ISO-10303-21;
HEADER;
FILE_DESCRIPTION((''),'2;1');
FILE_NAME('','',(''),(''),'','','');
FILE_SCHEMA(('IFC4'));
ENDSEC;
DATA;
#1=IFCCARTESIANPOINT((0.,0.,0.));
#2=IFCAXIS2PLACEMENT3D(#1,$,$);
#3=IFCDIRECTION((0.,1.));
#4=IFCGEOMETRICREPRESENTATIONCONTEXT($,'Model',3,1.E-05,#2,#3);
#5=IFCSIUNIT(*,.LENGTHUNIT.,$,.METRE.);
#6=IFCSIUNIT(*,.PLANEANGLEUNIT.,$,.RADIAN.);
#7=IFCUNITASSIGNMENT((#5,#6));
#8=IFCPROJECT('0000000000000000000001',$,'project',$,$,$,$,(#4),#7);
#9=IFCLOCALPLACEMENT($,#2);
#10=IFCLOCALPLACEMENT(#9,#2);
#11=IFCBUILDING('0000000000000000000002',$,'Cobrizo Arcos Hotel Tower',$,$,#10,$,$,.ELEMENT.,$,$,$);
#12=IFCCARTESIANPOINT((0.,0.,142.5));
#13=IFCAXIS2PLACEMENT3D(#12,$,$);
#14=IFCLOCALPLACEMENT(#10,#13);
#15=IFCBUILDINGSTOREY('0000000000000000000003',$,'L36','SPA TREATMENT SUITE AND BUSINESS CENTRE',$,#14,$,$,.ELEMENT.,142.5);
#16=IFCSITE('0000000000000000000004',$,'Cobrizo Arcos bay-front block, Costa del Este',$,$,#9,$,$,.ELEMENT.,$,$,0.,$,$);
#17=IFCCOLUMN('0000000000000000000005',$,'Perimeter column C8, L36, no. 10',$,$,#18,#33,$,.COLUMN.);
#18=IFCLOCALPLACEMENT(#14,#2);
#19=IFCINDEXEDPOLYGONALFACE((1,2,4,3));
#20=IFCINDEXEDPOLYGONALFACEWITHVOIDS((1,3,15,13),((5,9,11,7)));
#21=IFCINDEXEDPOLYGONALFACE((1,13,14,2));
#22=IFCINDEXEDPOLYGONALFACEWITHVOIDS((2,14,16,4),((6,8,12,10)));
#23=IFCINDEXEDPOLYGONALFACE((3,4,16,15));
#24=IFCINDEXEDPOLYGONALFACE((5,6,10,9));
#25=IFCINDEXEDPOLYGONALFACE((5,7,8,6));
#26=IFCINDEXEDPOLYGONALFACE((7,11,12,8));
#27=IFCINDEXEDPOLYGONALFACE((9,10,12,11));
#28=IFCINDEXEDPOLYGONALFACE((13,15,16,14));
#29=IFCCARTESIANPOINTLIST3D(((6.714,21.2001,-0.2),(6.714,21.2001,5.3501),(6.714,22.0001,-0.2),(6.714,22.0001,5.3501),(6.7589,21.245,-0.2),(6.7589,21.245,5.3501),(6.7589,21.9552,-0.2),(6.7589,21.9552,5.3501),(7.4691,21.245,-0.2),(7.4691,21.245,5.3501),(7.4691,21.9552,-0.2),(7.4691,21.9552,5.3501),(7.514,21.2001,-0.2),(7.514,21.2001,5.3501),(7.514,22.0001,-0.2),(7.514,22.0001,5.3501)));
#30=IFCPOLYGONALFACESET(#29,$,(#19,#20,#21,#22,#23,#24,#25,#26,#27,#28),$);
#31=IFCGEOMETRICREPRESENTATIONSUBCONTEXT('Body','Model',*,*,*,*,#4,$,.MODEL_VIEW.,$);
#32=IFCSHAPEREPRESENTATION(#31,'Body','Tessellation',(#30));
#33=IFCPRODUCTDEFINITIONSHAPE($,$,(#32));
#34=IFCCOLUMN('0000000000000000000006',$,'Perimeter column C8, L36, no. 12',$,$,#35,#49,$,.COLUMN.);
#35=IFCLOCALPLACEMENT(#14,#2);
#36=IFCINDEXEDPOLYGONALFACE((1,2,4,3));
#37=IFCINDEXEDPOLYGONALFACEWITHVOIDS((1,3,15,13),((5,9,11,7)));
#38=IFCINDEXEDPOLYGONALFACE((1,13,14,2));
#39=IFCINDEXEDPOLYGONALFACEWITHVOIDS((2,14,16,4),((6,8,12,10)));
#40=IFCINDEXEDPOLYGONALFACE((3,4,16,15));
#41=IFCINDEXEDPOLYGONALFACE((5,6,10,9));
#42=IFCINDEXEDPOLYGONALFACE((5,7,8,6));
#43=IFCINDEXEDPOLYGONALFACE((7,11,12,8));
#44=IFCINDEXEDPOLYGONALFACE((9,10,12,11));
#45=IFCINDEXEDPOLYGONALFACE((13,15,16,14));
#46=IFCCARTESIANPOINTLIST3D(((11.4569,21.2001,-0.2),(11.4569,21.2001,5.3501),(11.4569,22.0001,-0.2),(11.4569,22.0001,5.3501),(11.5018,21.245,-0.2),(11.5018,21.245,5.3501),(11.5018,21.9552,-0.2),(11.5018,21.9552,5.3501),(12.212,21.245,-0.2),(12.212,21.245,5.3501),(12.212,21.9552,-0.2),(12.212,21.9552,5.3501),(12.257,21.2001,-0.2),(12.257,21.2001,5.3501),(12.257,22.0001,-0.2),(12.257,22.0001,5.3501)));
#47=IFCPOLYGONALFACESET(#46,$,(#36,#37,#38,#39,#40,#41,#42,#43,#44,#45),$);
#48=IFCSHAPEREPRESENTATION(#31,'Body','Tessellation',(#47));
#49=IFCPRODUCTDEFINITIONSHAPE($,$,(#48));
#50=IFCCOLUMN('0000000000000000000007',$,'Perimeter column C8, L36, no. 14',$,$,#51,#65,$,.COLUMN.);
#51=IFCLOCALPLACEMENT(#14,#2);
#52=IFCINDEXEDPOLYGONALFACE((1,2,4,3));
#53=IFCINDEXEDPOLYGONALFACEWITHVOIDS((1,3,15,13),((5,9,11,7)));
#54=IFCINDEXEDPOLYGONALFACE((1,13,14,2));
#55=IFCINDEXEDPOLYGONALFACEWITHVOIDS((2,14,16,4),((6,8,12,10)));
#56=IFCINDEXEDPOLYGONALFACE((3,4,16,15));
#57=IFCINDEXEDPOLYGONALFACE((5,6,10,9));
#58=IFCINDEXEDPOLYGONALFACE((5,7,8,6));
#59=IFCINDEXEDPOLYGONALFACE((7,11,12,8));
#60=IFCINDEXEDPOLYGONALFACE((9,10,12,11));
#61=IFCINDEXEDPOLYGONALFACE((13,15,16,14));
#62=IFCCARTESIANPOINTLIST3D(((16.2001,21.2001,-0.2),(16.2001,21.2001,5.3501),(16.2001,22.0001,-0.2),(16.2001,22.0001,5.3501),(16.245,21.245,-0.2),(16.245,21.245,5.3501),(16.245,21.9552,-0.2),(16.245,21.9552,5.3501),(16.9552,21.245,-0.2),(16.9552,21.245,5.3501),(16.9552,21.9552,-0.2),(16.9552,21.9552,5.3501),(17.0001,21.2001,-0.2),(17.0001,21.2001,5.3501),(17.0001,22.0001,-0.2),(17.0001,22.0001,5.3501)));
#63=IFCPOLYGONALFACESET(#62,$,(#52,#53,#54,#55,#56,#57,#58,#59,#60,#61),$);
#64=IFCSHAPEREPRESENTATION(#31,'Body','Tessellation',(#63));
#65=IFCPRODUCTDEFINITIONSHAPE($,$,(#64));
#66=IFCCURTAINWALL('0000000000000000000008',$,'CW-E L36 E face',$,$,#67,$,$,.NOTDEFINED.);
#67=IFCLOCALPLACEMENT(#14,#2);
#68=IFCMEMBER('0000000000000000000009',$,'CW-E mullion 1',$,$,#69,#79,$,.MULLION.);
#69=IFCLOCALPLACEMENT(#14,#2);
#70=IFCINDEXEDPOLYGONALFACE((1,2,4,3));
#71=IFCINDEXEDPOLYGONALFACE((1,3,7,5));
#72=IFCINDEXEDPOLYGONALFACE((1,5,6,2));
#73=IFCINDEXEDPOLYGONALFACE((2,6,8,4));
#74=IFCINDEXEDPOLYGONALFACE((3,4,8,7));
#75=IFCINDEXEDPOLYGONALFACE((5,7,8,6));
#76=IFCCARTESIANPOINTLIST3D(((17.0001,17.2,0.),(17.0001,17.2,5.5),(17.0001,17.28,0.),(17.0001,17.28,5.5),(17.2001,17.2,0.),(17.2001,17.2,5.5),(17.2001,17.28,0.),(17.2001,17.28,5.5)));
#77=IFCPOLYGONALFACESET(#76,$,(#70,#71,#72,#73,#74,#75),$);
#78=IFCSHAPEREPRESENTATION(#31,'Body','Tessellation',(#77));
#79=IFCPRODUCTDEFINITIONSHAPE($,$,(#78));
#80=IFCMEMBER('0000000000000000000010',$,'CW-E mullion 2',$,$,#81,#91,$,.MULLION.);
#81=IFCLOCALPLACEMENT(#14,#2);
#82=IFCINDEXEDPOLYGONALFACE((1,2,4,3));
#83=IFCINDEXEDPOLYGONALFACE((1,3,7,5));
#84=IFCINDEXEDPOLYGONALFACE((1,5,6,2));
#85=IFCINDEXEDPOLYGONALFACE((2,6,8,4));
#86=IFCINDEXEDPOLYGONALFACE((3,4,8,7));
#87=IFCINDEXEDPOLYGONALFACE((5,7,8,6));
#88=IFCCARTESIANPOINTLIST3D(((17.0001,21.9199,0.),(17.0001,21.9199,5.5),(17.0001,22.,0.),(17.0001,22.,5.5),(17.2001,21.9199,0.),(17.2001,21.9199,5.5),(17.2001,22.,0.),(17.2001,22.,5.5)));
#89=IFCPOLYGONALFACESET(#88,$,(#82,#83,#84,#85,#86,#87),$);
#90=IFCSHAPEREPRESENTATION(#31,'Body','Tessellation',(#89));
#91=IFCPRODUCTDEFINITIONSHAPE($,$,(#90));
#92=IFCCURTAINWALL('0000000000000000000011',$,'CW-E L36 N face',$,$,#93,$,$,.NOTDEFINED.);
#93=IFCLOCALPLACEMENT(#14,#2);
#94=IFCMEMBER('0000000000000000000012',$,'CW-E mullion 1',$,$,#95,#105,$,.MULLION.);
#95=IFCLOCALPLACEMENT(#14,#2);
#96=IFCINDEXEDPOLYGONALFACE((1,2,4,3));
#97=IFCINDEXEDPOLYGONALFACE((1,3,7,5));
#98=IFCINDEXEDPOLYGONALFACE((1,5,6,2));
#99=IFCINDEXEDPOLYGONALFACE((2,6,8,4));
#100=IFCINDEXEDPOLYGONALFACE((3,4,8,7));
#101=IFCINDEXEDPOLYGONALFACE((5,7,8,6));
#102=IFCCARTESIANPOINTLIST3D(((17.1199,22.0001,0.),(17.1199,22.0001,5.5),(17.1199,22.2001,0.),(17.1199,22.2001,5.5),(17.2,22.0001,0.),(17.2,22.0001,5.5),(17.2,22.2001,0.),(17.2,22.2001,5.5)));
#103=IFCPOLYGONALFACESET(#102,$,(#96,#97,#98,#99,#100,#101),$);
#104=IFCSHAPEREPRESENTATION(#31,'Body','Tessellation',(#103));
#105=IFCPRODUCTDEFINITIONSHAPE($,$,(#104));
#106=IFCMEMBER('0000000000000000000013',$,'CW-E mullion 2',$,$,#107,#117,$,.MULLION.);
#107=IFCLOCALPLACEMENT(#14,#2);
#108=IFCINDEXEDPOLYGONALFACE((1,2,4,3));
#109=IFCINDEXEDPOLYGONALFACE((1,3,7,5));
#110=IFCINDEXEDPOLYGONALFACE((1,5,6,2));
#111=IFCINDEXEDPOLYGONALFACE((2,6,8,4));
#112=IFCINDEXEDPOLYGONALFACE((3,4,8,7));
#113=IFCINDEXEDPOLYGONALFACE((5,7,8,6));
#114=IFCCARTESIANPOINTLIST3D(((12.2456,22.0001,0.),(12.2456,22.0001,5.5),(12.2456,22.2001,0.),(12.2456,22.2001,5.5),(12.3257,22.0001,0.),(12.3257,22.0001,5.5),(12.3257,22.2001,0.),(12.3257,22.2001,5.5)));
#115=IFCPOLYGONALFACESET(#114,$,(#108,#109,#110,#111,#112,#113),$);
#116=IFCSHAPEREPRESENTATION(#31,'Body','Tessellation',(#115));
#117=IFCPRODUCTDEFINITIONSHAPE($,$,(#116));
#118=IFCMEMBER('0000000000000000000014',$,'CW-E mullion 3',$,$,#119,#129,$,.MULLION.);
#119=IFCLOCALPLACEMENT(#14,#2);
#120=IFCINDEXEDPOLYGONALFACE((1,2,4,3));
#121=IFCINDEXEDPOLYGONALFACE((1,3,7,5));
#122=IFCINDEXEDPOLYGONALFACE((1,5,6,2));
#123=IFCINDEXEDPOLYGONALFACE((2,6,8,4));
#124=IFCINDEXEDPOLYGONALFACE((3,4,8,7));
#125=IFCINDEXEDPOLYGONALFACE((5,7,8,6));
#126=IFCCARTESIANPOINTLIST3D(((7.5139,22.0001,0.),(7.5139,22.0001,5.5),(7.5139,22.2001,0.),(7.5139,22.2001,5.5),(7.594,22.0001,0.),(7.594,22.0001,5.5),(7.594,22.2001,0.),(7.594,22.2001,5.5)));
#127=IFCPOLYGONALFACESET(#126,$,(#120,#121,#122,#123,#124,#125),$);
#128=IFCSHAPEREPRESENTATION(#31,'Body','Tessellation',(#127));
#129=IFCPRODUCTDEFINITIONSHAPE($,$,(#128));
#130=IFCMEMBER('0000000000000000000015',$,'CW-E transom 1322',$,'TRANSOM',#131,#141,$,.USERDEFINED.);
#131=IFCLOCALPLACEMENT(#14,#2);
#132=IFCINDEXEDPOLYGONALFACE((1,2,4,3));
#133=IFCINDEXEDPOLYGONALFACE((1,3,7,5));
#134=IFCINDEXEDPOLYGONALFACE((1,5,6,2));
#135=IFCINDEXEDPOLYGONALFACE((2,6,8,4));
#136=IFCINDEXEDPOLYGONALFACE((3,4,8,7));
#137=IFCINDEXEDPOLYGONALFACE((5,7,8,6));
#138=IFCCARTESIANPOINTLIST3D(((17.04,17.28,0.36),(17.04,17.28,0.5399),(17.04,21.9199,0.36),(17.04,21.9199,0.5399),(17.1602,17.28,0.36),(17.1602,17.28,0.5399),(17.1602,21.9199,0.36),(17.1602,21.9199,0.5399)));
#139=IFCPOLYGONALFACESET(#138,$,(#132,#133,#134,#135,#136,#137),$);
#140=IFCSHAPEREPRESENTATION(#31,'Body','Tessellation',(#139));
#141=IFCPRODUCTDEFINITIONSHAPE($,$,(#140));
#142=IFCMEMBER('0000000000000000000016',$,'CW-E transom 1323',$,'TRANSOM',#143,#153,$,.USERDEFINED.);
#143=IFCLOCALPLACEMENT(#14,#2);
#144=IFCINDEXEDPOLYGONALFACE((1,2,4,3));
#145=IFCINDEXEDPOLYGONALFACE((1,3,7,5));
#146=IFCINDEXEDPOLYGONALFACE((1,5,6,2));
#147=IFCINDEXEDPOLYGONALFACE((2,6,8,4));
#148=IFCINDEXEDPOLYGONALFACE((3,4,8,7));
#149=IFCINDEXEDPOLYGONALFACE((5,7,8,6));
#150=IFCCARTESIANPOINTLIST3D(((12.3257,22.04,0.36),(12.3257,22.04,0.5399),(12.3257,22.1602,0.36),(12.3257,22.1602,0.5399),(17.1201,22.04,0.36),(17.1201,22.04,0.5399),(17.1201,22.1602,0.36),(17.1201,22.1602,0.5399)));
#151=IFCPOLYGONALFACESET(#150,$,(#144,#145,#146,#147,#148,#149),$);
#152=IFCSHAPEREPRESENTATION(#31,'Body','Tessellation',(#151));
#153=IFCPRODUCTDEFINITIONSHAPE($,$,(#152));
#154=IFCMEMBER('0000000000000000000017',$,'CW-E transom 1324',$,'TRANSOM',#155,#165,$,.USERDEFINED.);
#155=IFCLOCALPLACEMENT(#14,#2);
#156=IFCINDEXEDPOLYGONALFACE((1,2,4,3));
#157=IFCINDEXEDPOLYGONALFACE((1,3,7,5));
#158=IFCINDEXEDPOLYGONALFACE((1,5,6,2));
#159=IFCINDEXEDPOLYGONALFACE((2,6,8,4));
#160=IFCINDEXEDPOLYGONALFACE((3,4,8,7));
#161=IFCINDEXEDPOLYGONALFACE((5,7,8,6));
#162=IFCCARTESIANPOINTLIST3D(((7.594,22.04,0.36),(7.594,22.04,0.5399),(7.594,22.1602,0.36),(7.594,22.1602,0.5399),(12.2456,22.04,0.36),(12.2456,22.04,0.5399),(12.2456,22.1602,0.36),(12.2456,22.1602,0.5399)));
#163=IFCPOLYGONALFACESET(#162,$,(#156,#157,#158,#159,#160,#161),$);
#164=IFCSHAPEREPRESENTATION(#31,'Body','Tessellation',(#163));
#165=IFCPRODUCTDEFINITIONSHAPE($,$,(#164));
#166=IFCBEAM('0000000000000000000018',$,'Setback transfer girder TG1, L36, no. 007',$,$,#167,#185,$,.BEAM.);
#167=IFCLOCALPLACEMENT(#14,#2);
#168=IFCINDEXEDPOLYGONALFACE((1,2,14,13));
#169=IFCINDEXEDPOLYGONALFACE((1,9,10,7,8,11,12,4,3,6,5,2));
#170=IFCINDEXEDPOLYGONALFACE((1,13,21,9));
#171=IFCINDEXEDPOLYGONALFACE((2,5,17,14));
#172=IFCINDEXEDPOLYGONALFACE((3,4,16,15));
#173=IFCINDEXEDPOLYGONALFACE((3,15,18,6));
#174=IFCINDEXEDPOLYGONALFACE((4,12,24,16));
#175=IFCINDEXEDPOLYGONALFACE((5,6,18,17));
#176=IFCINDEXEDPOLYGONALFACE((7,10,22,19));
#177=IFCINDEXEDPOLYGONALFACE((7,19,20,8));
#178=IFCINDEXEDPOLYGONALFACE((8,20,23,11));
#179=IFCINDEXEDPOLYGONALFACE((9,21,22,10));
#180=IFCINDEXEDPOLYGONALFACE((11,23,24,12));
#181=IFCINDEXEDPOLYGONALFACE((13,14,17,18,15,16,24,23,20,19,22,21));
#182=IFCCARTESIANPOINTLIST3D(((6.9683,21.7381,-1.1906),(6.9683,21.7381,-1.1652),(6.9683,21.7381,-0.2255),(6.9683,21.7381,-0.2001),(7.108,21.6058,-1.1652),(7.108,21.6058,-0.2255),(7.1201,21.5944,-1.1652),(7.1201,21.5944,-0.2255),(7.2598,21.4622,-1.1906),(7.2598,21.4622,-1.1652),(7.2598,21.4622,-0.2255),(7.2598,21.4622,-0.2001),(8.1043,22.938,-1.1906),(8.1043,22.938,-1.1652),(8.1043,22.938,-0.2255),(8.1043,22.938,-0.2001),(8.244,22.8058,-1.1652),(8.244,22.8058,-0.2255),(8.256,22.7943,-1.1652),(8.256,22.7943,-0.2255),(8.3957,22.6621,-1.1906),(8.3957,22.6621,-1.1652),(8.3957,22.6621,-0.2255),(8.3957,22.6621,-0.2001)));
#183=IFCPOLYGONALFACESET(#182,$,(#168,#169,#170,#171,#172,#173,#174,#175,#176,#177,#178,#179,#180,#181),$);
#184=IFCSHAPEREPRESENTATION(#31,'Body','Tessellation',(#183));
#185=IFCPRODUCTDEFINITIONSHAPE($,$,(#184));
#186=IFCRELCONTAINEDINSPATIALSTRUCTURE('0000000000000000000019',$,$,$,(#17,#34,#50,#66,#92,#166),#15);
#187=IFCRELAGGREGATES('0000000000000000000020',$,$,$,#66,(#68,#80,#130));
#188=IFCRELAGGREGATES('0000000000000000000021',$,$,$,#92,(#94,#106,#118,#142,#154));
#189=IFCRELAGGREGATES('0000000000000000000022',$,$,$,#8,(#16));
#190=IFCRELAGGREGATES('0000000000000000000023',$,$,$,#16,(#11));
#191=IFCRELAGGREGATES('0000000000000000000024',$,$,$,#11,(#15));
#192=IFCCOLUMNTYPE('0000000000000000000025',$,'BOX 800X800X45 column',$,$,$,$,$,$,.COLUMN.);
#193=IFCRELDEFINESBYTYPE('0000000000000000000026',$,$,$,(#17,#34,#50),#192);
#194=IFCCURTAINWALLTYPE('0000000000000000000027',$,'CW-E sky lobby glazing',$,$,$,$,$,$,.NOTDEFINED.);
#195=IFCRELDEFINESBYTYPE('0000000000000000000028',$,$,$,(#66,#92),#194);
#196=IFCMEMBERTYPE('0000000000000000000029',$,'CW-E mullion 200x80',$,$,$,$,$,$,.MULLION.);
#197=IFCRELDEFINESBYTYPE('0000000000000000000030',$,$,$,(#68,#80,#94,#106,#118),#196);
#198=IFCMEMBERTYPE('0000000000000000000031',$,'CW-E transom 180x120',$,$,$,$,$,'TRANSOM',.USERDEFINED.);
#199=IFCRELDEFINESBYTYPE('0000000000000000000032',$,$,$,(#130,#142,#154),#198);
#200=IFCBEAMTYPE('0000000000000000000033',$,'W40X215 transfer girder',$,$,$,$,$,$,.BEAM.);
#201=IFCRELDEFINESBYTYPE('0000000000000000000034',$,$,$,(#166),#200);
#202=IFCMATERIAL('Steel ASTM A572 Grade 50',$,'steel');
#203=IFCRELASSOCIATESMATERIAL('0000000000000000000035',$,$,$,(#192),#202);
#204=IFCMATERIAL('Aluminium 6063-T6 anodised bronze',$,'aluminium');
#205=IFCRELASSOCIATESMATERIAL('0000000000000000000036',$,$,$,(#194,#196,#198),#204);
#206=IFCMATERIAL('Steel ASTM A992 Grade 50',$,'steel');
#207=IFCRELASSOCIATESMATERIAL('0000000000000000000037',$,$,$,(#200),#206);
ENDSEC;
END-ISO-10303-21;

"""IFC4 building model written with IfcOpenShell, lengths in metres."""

from ifc_helpers import new_model, si_unit, direction, frame, origin, origin_2d, place, context, subcontext, project, spatial, rectangle, hollow_rectangle, i_section, extrude, material, material_profile, profile_set, type_object, element, aggregate, save


model = new_model("IFC4")

# Units and contexts
model_context = context("Model", 3, precision=1e-05, world=origin(), true_north=direction((0.0, 1.0)))
body_context = subcontext(model_context, "Body", "Model", "MODEL_VIEW")
ifc_project = project(units=[si_unit("LENGTHUNIT", "METRE"), si_unit("PLANEANGLEUNIT", "RADIAN")], contexts=[model_context])

# Site, building, storey
site_placement = place(None, origin())
site = spatial("IfcSite", under=ifc_project, at=site_placement, Name="Cobrizo Arcos bay-front block, Costa del Este", CompositionType="ELEMENT", RefElevation=0.0)
building_placement = place(site_placement, origin())
building = spatial("IfcBuilding", under=site, at=building_placement, Name="Cobrizo Arcos Hotel Tower", CompositionType="ELEMENT")
storey_placement = place(building_placement, frame((0.0, 0.0, 142.5)))
storey = spatial("IfcBuildingStorey", under=building, at=storey_placement, Name="L36", Description="SPA TREATMENT SUITE AND BUSINESS CENTRE", CompositionType="ELEMENT", Elevation=142.5)

# Columns
ifc_material_1 = material(Name="Steel ASTM A572 Grade 50", Category="steel")
ifc_material_profile_1 = material_profile(ifc_material_1, hollow_rectangle(XDim=0.8, YDim=0.8, WallThickness=0.0449, at=origin_2d()), Name="BOX 800X800X45")
ifc_profile_set_1 = profile_set([ifc_material_profile_1], Name="Steel ASTM A572 Grade 50")
column_type = type_object("IfcColumnType", Name="BOX 800X800X45 column", PredefinedType="COLUMN", material=ifc_profile_set_1)
for number, where, z_axis, x_axis, name in (
    (1, (7.114, 21.6001, -0.2), (0.0, 0.0, 1.0), (1.0, 0.0, 0.0), "Perimeter column C8, L36, no. 10"),
    (2, (11.8569, 21.6001, -0.2), (0.0, 0.0, 1.0), (1.0, 0.0, 0.0), "Perimeter column C8, L36, no. 12"),
    (3, (16.6001, 21.6001, -0.2), (0.0, 0.0, 1.0), (1.0, 0.0, 0.0), "Perimeter column C8, L36, no. 14"),
):
    element("IfcColumn", number, at=place(storey_placement, frame(where, z_axis=z_axis, x_axis=x_axis)), inside=storey, type_object=column_type, Name=name, PredefinedType="COLUMN", context=body_context, shape_type="SweptSolid", body=[
        extrude(hollow_rectangle(XDim=0.8, YDim=0.8, WallThickness=0.0449, at=origin_2d()), origin(), (0.0, 0.0, 1.0), 5.55),
    ])

# Curtain walls, members
ifc_material_2 = material(Name="Aluminium 6063-T6 anodised bronze", Category="aluminium")
curtain_wall_type = type_object("IfcCurtainWallType", Name="CW-E sky lobby glazing", PredefinedType="NOTDEFINED", material=ifc_material_2)
curtain_wall_1_placement = place(storey_placement, origin())
curtain_wall_1 = element("IfcCurtainWall", 4, at=curtain_wall_1_placement, inside=storey, type_object=curtain_wall_type, Name="CW-E L36 E face", PredefinedType="NOTDEFINED")
ifc_material_profile_2 = material_profile(ifc_material_2, rectangle(XDim=0.2, YDim=0.0801, at=origin_2d()), Name="CW-E mullion 200x80")
ifc_profile_set_2 = profile_set([ifc_material_profile_2], Name="Aluminium 6063-T6 anodised bronze")
member_type_1 = type_object("IfcMemberType", Name="CW-E mullion 200x80", PredefinedType="MULLION", material=ifc_profile_set_2)
member_1_placement = place(storey_placement, frame((17.1001, 17.24, 0.0), z_axis=(0.0, 0.0, 1.0), x_axis=(1.0, 0.0, 0.0)))
member_1 = element("IfcMember", 5, at=member_1_placement, type_object=member_type_1, Name="CW-E mullion 1", PredefinedType="MULLION", context=body_context, shape_type="SweptSolid", body=[
    extrude(rectangle(XDim=0.2, YDim=0.0801, at=origin_2d()), origin(), (0.0, 0.0, 1.0), 5.5),
])
member_2_placement = place(storey_placement, frame((17.1001, 21.96, 0.0), z_axis=(0.0, 0.0, 1.0), x_axis=(1.0, 0.0, 0.0)))
member_2 = element("IfcMember", 6, at=member_2_placement, type_object=member_type_1, Name="CW-E mullion 2", PredefinedType="MULLION", context=body_context, shape_type="SweptSolid", body=[
    extrude(rectangle(XDim=0.2, YDim=0.0801, at=origin_2d()), origin(), (0.0, 0.0, 1.0), 5.5),
])
curtain_wall_2_placement = place(storey_placement, origin())
curtain_wall_2 = element("IfcCurtainWall", 7, at=curtain_wall_2_placement, inside=storey, type_object=curtain_wall_type, Name="CW-E L36 N face", PredefinedType="NOTDEFINED")
member_3_placement = place(storey_placement, frame((17.1599, 22.1001, 0.0), z_axis=(0.0, 0.0, 1.0), x_axis=(0.0, 1.0, 0.0)))
member_3 = element("IfcMember", 8, at=member_3_placement, type_object=member_type_1, Name="CW-E mullion 1", PredefinedType="MULLION", context=body_context, shape_type="SweptSolid", body=[
    extrude(rectangle(XDim=0.2, YDim=0.0801, at=origin_2d()), origin(), (0.0, 0.0, 1.0), 5.5),
])
member_4_placement = place(storey_placement, frame((12.2856, 22.1001, 0.0), z_axis=(0.0, 0.0, 1.0), x_axis=(0.0, 1.0, 0.0)))
member_4 = element("IfcMember", 9, at=member_4_placement, type_object=member_type_1, Name="CW-E mullion 2", PredefinedType="MULLION", context=body_context, shape_type="SweptSolid", body=[
    extrude(rectangle(XDim=0.2, YDim=0.0801, at=origin_2d()), origin(), (0.0, 0.0, 1.0), 5.5),
])
member_5_placement = place(storey_placement, frame((7.554, 22.1001, 0.0), z_axis=(0.0, 0.0, 1.0), x_axis=(0.0, 1.0, 0.0)))
member_5 = element("IfcMember", 10, at=member_5_placement, type_object=member_type_1, Name="CW-E mullion 3", PredefinedType="MULLION", context=body_context, shape_type="SweptSolid", body=[
    extrude(rectangle(XDim=0.2, YDim=0.0801, at=origin_2d()), origin(), (0.0, 0.0, 1.0), 5.5),
])

# Members
ifc_material_profile_3 = material_profile(ifc_material_2, rectangle(XDim=0.1201, YDim=0.1799, at=origin_2d()), Name="CW-E transom 180x120")
ifc_profile_set_3 = profile_set([ifc_material_profile_3], Name="Aluminium 6063-T6 anodised bronze")
member_type_2 = type_object("IfcMemberType", Name="CW-E transom 180x120", ElementType="TRANSOM", PredefinedType="USERDEFINED", material=ifc_profile_set_3)
member_6_placement = place(storey_placement, frame((17.1001, 17.28, 0.45), z_axis=(0.0, 1.0, 0.0), x_axis=(-1.0, 0.0, 0.0)))
member_6 = element("IfcMember", 11, at=member_6_placement, type_object=member_type_2, Name="CW-E transom 1322", ObjectType="TRANSOM", PredefinedType="USERDEFINED", context=body_context, shape_type="SweptSolid", body=[
    extrude(rectangle(XDim=0.1201, YDim=0.1799, at=origin_2d()), origin(), (0.0, 0.0, 1.0), 4.6399),
])
member_7_placement = place(storey_placement, frame((17.1201, 22.1001, 0.45), z_axis=(-1.0, 0.0, 0.0), x_axis=(0.0, -1.0, 0.0)))
member_7 = element("IfcMember", 12, at=member_7_placement, type_object=member_type_2, Name="CW-E transom 1323", ObjectType="TRANSOM", PredefinedType="USERDEFINED", context=body_context, shape_type="SweptSolid", body=[
    extrude(rectangle(XDim=0.1201, YDim=0.1799, at=origin_2d()), origin(), (0.0, 0.0, 1.0), 4.7944),
])
member_8_placement = place(storey_placement, frame((12.2456, 22.1001, 0.45), z_axis=(-1.0, 0.0, 0.0), x_axis=(0.0, -1.0, 0.0)))
member_8 = element("IfcMember", 13, at=member_8_placement, type_object=member_type_2, Name="CW-E transom 1324", ObjectType="TRANSOM", PredefinedType="USERDEFINED", context=body_context, shape_type="SweptSolid", body=[
    extrude(rectangle(XDim=0.1201, YDim=0.1799, at=origin_2d()), origin(), (0.0, 0.0, 1.0), 4.6516),
])

# Beam
ifc_material_3 = material(Name="Steel ASTM A992 Grade 50", Category="steel")
ifc_material_profile_4 = material_profile(ifc_material_3, i_section(OverallWidth=0.4014, OverallDepth=0.9905, WebThickness=0.0166, FlangeThickness=0.0254, at=origin_2d()), Name="W40X215")
ifc_profile_set_4 = profile_set([ifc_material_profile_4], Name="Steel ASTM A992 Grade 50")
beam_type = type_object("IfcBeamType", Name="W40X215 transfer girder", PredefinedType="BEAM", material=ifc_profile_set_4)
beam_1_placement = place(storey_placement, frame((8.25, 22.8, -0.6953), z_axis=(-0.687486, -0.726197, 0.0), x_axis=(0.726197, -0.687486, 0.0)))
element("IfcBeam", 14, at=beam_1_placement, inside=storey, type_object=beam_type, Name="Setback transfer girder TG1, L36, no. 007", PredefinedType="BEAM", context=body_context, shape_type="SweptSolid", body=[
    extrude(i_section(OverallWidth=0.4014, OverallDepth=0.9905, WebThickness=0.0166, FlangeThickness=0.0254, at=origin_2d()), origin(), (0.0, 0.0, 1.0), 1.6523),
])

aggregate(curtain_wall_1, [member_1, member_2, member_6])
aggregate(curtain_wall_2, [member_3, member_4, member_5, member_7, member_8])

save(model, "model.ifc")
